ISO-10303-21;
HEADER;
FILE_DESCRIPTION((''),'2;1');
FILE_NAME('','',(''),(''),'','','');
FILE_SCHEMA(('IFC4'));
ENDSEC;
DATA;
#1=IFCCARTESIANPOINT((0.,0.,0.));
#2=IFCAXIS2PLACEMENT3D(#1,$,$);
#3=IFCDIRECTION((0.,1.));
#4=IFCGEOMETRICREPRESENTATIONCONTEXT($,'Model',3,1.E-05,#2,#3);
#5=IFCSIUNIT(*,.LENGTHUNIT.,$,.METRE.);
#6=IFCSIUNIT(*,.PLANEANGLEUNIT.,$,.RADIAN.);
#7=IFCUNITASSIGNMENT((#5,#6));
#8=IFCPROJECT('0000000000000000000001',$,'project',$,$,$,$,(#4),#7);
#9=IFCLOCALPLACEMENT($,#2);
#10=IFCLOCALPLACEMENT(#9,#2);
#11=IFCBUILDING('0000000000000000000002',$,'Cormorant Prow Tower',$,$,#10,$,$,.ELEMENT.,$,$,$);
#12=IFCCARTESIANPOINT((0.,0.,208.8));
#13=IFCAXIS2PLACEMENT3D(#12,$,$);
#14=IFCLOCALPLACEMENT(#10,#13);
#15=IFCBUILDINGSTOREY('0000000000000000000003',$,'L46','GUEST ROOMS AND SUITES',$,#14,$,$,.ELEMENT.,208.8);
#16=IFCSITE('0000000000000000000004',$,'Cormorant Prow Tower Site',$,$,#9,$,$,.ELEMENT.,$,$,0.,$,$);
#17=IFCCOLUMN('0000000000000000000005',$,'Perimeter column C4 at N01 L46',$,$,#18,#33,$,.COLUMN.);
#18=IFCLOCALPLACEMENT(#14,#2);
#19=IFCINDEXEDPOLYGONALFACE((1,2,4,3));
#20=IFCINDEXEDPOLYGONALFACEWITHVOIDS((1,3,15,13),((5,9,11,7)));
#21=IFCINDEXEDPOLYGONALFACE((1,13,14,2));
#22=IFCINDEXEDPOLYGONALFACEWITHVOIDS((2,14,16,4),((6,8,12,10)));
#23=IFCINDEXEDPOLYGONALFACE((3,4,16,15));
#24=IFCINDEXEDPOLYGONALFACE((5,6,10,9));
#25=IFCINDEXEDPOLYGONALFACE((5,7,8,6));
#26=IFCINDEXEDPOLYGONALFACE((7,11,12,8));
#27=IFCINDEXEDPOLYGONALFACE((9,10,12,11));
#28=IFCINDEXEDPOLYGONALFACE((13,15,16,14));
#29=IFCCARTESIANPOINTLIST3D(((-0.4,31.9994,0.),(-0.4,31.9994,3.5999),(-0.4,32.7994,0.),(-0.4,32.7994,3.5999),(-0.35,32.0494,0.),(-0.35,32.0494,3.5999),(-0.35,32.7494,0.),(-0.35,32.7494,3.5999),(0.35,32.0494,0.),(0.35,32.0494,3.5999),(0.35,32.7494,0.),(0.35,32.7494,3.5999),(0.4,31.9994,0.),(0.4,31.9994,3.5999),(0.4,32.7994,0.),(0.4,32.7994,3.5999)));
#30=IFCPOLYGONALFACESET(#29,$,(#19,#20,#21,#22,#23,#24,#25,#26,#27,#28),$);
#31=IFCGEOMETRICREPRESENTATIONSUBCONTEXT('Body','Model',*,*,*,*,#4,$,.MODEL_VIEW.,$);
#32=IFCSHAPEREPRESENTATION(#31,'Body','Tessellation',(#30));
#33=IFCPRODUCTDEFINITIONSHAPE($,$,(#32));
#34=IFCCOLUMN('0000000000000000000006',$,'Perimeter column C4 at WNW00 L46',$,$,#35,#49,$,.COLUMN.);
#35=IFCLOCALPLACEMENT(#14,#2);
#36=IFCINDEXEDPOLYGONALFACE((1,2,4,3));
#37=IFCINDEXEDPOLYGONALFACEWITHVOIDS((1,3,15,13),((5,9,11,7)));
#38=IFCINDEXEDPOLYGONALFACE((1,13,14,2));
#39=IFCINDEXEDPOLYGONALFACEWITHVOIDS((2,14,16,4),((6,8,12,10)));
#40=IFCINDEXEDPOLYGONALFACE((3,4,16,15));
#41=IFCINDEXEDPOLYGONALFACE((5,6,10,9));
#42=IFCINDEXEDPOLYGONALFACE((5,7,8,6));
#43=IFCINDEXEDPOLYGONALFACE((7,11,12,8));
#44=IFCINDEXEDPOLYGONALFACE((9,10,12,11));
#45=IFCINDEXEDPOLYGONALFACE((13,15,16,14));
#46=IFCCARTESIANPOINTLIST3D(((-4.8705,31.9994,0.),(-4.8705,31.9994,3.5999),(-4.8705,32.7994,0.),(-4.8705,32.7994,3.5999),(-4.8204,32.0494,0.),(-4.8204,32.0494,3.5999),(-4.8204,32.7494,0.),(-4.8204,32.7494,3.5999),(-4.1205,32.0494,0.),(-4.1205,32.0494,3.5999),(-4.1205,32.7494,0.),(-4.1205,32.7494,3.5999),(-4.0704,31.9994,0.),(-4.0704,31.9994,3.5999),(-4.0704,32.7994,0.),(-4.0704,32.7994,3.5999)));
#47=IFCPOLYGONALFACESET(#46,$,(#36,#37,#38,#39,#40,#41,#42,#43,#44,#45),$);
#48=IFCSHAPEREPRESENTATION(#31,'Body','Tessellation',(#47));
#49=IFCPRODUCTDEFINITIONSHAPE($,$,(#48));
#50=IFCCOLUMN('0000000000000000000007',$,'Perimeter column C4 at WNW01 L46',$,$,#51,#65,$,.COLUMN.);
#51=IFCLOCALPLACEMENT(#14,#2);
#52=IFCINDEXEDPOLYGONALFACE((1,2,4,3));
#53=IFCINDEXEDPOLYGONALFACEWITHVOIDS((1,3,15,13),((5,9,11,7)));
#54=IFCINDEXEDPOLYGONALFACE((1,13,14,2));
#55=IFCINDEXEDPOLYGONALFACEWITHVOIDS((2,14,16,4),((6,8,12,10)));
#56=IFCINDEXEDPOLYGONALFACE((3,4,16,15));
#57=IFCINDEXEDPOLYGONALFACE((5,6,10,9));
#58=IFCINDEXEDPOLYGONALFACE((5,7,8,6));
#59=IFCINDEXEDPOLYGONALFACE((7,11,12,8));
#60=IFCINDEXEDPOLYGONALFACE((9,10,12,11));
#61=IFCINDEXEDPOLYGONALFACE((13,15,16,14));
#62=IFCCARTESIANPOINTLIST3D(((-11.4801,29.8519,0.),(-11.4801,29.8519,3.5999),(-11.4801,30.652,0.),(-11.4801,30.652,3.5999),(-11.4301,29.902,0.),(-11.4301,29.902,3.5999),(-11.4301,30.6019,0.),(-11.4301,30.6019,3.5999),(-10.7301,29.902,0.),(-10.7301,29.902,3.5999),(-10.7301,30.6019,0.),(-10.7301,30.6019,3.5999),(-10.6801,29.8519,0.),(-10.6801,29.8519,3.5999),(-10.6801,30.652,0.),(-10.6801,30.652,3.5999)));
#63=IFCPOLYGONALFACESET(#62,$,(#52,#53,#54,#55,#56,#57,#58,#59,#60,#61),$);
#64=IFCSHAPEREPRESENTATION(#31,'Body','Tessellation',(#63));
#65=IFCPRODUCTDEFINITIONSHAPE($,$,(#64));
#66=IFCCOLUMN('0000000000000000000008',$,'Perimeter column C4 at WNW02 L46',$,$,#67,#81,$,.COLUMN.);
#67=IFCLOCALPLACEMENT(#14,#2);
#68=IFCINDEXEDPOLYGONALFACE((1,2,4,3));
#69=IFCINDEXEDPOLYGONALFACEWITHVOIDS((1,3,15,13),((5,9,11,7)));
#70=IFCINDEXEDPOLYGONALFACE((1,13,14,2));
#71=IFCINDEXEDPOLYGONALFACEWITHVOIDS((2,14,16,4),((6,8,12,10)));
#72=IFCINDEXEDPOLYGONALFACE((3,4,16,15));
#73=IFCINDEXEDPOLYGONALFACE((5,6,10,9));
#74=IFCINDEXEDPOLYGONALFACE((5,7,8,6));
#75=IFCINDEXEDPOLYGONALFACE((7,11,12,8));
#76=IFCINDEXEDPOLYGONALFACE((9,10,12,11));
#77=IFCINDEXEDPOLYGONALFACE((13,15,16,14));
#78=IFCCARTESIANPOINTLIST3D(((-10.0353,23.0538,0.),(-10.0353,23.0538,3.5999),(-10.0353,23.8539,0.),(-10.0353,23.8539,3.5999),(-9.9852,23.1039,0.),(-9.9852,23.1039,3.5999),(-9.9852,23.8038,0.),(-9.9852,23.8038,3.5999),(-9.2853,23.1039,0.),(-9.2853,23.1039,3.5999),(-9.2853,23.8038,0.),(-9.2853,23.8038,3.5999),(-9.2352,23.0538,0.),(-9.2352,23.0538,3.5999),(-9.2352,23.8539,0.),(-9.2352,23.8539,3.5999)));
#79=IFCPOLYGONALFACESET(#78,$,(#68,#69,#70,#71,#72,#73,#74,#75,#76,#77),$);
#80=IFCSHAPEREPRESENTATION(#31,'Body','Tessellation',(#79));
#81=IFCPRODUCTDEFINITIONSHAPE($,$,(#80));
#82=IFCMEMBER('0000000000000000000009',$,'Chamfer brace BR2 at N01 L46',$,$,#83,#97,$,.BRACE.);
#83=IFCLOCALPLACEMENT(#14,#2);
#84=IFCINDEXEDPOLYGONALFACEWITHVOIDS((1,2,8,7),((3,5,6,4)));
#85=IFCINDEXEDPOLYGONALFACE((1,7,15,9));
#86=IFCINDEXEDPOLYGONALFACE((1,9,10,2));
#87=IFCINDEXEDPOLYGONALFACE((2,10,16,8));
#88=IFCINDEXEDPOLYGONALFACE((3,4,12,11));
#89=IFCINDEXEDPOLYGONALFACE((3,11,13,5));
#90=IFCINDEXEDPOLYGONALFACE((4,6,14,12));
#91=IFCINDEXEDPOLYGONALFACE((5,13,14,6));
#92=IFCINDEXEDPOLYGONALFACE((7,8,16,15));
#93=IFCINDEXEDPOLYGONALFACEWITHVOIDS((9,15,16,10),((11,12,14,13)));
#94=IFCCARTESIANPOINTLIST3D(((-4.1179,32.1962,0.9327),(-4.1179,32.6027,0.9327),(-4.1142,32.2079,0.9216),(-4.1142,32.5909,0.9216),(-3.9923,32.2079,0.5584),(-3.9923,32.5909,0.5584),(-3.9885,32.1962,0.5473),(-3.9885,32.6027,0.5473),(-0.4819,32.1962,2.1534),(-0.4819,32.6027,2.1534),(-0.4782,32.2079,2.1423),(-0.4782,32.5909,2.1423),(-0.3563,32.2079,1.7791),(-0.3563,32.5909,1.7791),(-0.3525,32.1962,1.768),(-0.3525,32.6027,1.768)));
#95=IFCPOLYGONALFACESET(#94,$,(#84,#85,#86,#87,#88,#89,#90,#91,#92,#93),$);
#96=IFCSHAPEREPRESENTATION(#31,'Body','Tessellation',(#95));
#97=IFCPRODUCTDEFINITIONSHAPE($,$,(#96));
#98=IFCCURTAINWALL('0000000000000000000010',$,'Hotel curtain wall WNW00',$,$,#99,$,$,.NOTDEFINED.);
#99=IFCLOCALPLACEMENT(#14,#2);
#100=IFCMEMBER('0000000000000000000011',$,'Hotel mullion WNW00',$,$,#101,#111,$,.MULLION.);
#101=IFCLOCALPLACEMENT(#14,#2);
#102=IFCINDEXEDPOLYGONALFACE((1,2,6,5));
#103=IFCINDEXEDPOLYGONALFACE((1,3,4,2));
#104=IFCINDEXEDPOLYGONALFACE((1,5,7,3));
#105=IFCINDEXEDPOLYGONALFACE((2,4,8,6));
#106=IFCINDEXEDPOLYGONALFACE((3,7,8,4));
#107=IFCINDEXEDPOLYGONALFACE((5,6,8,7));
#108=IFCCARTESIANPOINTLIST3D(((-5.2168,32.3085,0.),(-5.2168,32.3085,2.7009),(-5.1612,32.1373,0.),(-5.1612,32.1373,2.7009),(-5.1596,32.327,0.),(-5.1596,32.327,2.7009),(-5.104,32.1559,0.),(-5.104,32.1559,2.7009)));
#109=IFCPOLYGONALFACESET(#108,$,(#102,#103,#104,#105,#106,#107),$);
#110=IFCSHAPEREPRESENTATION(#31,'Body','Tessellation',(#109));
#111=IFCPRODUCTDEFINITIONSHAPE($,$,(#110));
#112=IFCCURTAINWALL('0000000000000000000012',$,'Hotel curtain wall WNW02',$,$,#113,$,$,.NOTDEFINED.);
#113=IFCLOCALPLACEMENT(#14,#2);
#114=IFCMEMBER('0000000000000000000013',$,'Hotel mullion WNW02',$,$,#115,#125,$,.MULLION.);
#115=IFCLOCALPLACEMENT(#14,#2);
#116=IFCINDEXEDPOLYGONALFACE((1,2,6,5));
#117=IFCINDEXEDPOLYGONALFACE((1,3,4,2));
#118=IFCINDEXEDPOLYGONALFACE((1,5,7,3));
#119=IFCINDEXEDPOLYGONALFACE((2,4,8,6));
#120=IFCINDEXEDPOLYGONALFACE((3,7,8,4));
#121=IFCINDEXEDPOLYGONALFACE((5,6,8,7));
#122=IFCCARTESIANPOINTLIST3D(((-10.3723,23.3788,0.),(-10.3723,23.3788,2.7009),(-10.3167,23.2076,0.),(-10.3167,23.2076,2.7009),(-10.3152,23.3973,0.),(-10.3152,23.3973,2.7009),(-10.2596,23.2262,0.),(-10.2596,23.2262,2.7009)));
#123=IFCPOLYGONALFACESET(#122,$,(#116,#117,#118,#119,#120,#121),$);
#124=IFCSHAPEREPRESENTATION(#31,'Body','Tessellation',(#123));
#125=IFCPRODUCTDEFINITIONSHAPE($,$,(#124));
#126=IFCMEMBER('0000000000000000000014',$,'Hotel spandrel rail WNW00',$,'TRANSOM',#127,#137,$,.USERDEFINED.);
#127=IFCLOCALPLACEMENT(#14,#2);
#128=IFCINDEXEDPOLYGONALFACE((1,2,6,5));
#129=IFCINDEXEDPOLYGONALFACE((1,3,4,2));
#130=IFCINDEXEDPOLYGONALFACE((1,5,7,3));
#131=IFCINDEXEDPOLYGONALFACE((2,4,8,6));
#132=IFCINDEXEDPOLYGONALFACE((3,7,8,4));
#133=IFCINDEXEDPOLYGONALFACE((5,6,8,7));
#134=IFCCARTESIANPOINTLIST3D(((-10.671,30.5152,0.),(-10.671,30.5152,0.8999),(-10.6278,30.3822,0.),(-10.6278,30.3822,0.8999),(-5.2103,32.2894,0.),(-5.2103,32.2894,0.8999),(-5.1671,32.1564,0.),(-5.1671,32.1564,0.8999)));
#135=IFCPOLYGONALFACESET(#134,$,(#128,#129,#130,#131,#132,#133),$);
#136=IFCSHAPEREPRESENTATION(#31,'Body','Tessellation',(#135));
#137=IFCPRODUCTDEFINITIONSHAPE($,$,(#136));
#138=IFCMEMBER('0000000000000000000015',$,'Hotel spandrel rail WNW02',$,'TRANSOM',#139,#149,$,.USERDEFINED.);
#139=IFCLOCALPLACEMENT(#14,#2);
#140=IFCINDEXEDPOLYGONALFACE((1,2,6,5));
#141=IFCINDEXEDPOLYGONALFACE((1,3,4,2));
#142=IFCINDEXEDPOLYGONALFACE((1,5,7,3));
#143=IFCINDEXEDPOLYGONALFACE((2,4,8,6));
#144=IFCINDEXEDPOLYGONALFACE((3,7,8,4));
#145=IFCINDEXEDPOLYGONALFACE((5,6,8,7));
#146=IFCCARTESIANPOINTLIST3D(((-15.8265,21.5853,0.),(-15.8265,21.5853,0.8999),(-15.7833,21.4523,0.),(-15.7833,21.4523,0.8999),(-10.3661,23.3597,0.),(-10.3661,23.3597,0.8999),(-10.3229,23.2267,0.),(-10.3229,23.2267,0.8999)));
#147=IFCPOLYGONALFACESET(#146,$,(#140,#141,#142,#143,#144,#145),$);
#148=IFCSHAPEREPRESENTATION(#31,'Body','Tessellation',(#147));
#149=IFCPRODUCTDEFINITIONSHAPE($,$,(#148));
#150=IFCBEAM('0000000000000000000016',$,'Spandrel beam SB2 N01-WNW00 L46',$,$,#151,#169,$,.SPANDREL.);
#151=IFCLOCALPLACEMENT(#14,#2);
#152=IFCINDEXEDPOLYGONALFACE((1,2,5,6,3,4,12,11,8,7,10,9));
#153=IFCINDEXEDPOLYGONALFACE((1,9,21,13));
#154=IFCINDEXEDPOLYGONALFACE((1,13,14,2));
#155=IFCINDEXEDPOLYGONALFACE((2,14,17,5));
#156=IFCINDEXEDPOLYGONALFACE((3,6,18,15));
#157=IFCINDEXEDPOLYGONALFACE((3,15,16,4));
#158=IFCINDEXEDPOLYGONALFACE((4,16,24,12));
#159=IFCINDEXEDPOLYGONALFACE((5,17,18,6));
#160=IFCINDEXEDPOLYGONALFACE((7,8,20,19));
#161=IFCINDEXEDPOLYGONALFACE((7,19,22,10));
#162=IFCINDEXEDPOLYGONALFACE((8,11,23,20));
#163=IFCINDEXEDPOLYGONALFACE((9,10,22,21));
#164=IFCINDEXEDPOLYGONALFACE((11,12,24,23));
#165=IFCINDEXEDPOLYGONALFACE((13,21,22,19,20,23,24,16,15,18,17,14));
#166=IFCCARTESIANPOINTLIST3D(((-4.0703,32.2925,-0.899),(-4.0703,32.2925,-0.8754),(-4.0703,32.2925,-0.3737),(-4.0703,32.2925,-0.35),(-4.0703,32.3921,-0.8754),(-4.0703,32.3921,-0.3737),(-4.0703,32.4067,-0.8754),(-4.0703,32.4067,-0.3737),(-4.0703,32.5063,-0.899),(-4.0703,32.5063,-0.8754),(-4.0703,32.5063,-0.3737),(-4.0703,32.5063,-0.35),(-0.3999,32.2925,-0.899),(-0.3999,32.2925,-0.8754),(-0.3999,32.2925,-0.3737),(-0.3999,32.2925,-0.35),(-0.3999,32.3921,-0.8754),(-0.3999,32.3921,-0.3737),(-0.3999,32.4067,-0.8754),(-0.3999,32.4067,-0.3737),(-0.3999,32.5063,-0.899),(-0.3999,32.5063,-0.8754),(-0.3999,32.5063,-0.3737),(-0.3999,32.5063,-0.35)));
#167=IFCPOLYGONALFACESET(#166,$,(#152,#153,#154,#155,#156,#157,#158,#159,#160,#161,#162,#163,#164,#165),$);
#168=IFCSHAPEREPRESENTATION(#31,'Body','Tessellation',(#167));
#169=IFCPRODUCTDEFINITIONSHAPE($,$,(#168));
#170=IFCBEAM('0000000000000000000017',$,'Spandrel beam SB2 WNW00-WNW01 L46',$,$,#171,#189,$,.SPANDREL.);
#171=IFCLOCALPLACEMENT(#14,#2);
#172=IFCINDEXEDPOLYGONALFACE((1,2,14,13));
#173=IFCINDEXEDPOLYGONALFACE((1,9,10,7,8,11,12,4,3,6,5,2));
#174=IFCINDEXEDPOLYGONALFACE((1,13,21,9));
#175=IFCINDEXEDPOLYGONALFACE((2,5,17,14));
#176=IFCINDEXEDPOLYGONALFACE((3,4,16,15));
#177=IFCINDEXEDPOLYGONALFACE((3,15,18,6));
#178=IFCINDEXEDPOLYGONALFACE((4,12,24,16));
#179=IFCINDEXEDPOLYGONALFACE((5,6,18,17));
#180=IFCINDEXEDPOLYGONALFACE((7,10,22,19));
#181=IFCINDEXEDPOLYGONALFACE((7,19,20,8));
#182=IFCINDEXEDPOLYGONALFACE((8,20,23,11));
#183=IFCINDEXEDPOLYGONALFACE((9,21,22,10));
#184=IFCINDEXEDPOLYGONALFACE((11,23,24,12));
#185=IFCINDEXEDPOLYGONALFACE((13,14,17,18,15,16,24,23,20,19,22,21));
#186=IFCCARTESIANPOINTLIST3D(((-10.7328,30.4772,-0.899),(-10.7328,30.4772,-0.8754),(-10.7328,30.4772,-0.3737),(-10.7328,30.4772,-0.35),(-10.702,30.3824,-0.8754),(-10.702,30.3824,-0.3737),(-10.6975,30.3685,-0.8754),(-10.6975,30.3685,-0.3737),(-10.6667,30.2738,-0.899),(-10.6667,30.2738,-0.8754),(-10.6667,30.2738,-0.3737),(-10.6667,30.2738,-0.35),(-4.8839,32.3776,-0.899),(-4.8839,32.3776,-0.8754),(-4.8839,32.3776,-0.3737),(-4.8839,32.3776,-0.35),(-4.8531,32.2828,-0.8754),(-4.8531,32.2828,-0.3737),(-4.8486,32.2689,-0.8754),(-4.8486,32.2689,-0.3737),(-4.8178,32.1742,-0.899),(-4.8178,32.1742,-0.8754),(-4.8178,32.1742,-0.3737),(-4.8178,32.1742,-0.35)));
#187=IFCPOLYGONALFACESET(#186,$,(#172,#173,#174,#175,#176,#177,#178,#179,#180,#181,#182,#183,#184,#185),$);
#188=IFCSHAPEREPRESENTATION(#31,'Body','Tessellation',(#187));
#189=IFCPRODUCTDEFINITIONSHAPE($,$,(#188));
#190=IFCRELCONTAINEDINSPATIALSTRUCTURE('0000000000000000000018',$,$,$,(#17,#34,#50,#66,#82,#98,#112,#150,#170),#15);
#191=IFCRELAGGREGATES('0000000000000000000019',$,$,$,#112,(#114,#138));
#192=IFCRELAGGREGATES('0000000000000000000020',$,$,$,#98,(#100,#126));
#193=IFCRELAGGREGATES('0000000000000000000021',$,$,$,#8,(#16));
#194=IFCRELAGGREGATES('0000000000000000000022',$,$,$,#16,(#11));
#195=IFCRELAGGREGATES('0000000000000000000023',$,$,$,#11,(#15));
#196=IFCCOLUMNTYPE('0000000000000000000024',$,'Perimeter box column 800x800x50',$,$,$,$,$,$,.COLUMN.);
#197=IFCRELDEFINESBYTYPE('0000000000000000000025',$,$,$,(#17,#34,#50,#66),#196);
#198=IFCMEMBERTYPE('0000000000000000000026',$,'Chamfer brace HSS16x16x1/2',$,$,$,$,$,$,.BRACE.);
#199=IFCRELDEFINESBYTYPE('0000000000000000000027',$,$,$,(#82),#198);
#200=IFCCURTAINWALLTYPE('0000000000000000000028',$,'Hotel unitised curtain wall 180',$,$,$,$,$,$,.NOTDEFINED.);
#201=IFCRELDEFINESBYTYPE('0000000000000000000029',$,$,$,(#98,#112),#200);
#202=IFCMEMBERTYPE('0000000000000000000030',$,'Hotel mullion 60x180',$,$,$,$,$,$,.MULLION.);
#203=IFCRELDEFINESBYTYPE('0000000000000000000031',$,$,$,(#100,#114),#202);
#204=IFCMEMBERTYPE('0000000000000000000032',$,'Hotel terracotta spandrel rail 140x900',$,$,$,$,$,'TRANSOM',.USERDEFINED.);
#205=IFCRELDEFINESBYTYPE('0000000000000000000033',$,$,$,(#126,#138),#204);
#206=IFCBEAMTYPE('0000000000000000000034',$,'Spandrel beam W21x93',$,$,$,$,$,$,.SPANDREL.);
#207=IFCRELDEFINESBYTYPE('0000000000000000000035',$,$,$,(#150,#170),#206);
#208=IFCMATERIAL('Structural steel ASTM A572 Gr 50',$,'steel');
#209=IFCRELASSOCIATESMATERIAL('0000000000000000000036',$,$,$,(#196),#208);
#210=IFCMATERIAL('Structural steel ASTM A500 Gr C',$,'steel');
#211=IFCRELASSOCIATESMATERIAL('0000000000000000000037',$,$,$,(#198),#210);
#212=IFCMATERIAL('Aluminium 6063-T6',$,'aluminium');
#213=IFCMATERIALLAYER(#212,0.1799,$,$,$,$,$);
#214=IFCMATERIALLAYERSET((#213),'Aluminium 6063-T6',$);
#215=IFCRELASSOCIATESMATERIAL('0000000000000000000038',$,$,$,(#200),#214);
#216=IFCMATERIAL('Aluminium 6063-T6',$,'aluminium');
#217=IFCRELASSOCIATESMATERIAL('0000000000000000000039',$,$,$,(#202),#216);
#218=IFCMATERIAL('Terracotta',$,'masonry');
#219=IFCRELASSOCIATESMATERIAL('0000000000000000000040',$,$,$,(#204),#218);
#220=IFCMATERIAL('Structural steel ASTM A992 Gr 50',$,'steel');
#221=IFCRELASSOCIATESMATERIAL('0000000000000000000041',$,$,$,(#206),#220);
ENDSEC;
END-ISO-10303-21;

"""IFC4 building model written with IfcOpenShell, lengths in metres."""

from ifc_helpers import new_model, si_unit, direction, frame, origin, origin_2d, place, context, subcontext, project, spatial, rectangle, hollow_rectangle, i_section, extrude, material, layer, layer_set, material_profile, profile_set, type_object, element, aggregate, save


model = new_model("IFC4")

# Units and contexts
model_context = context("Model", 3, precision=1e-05, world=origin(), true_north=direction((0.0, 1.0)))
body_context = subcontext(model_context, "Body", "Model", "MODEL_VIEW")
ifc_project = project(units=[si_unit("LENGTHUNIT", "METRE"), si_unit("PLANEANGLEUNIT", "RADIAN")], contexts=[model_context])

# Site, building, storey
site_placement = place(None, origin())
site = spatial("IfcSite", under=ifc_project, at=site_placement, Name="Cormorant Prow Tower Site", CompositionType="ELEMENT", RefElevation=0.0)
building_placement = place(site_placement, origin())
building = spatial("IfcBuilding", under=site, at=building_placement, Name="Cormorant Prow Tower", CompositionType="ELEMENT")
storey_placement = place(building_placement, frame((0.0, 0.0, 208.8)))
storey = spatial("IfcBuildingStorey", under=building, at=storey_placement, Name="L46", Description="GUEST ROOMS AND SUITES", CompositionType="ELEMENT", Elevation=208.8)

# Columns
ifc_material_1 = material(Name="Structural steel ASTM A572 Gr 50", Category="steel")
ifc_material_profile_1 = material_profile(ifc_material_1, hollow_rectangle(XDim=0.8, YDim=0.8, WallThickness=0.05, at=origin_2d()), Name="Box 800x800x50")
ifc_profile_set_1 = profile_set([ifc_material_profile_1], Name="Structural steel ASTM A572 Gr 50")
column_type = type_object("IfcColumnType", Name="Perimeter box column 800x800x50", PredefinedType="COLUMN", material=ifc_profile_set_1)
for number, where, z_axis, x_axis, name in (
    (1, (0.0, 32.3994, 0.0), (0.0, 0.0, 1.0), (1.0, 0.0, 0.0), "Perimeter column C4 at N01 L46"),
    (2, (-4.4705, 32.3994, 0.0), (0.0, 0.0, 1.0), (1.0, 0.0, 0.0), "Perimeter column C4 at WNW00 L46"),
    (3, (-11.0801, 30.252, 0.0), (0.0, 0.0, 1.0), (1.0, 0.0, 0.0), "Perimeter column C4 at WNW01 L46"),
    (4, (-9.6353, 23.4539, 0.0), (0.0, 0.0, 1.0), (1.0, 0.0, 0.0), "Perimeter column C4 at WNW02 L46"),
):
    element("IfcColumn", number, at=place(storey_placement, frame(where, z_axis=z_axis, x_axis=x_axis)), inside=storey, type_object=column_type, Name=name, PredefinedType="COLUMN", context=body_context, shape_type="SweptSolid", body=[
        extrude(hollow_rectangle(XDim=0.8, YDim=0.8, WallThickness=0.05, at=origin_2d()), origin(), (0.0, 0.0, 1.0), 3.5999),
    ])

# Member
ifc_material_2 = material(Name="Structural steel ASTM A500 Gr C", Category="steel")
ifc_material_profile_2 = material_profile(ifc_material_2, hollow_rectangle(XDim=0.4065, YDim=0.4065, WallThickness=0.0117, at=origin_2d()), Name="HSS16x16x1/2")
ifc_profile_set_2 = profile_set([ifc_material_profile_2], Name="Structural steel ASTM A500 Gr C")
member_type_1 = type_object("IfcMemberType", Name="Chamfer brace HSS16x16x1/2", PredefinedType="BRACE", material=ifc_profile_set_2)
member_1_placement = place(storey_placement, frame((-4.0532, 32.3994, 0.74), z_axis=(0.948, 0.0, 0.31827), x_axis=(0.0, 1.0, 0.0)))
element("IfcMember", 5, at=member_1_placement, inside=storey, type_object=member_type_1, Name="Chamfer brace BR2 at N01 L46", PredefinedType="BRACE", context=body_context, shape_type="SweptSolid", body=[
    extrude(hollow_rectangle(XDim=0.4065, YDim=0.4065, WallThickness=0.0117, at=origin_2d()), origin(), (0.0, 0.0, 1.0), 3.8354),
])

# Curtain walls, members
ifc_material_3 = material(Name="Aluminium 6063-T6", Category="aluminium")
ifc_layer_1 = layer(ifc_material_3, 0.1799)
ifc_layer_set_1 = layer_set([ifc_layer_1], Name="Aluminium 6063-T6")
curtain_wall_type = type_object("IfcCurtainWallType", Name="Hotel unitised curtain wall 180", PredefinedType="NOTDEFINED", material=ifc_layer_set_1)
curtain_wall_1_placement = place(storey_placement, origin())
curtain_wall_1 = element("IfcCurtainWall", 6, at=curtain_wall_1_placement, inside=storey, type_object=curtain_wall_type, Name="Hotel curtain wall WNW00", PredefinedType="NOTDEFINED")
ifc_material_4 = material(Name="Aluminium 6063-T6", Category="aluminium")
ifc_material_profile_3 = material_profile(ifc_material_4, rectangle(XDim=0.1799, YDim=0.0601, at=origin_2d()), Name="Hotel mullion 60x180")
ifc_profile_set_3 = profile_set([ifc_material_profile_3], Name="Aluminium 6063-T6")
member_type_2 = type_object("IfcMemberType", Name="Hotel mullion 60x180", PredefinedType="MULLION", material=ifc_profile_set_3)
member_2_placement = place(storey_placement, frame((-5.1604, 32.2322, 0.0), z_axis=(0.0, 0.0, 1.0), x_axis=(0.309017, -0.951057, 0.0)))
member_2 = element("IfcMember", 7, at=member_2_placement, type_object=member_type_2, Name="Hotel mullion WNW00", PredefinedType="MULLION", context=body_context, shape_type="SweptSolid", body=[
    extrude(rectangle(XDim=0.1799, YDim=0.0601, at=origin_2d()), origin(), (0.0, 0.0, 1.0), 2.7009),
])
curtain_wall_2_placement = place(storey_placement, origin())
curtain_wall_2 = element("IfcCurtainWall", 8, at=curtain_wall_2_placement, inside=storey, type_object=curtain_wall_type, Name="Hotel curtain wall WNW02", PredefinedType="NOTDEFINED")
member_3_placement = place(storey_placement, frame((-10.3159, 23.3025, 0.0), z_axis=(0.0, 0.0, 1.0), x_axis=(0.309017, -0.951057, 0.0)))
member_3 = element("IfcMember", 9, at=member_3_placement, type_object=member_type_2, Name="Hotel mullion WNW02", PredefinedType="MULLION", context=body_context, shape_type="SweptSolid", body=[
    extrude(rectangle(XDim=0.1799, YDim=0.0601, at=origin_2d()), origin(), (0.0, 0.0, 1.0), 2.7009),
])

# Members
ifc_material_5 = material(Name="Terracotta", Category="masonry")
ifc_material_profile_4 = material_profile(ifc_material_5, rectangle(XDim=0.1399, YDim=0.8999, at=origin_2d()), Name="Hotel terracotta spandrel rail 140x900")
ifc_profile_set_4 = profile_set([ifc_material_profile_4], Name="Terracotta")
member_type_3 = type_object("IfcMemberType", Name="Hotel terracotta spandrel rail 140x900", ElementType="TRANSOM", PredefinedType="USERDEFINED", material=ifc_profile_set_4)
member_4_placement = place(storey_placement, frame((-5.1887, 32.2229, 0.45), z_axis=(-0.951063, -0.308999, 0.0), x_axis=(0.308999, -0.951063, 0.0)))
member_4 = element("IfcMember", 10, at=member_4_placement, type_object=member_type_3, Name="Hotel spandrel rail WNW00", ObjectType="TRANSOM", PredefinedType="USERDEFINED", context=body_context, shape_type="SweptSolid", body=[
    extrude(rectangle(XDim=0.1399, YDim=0.8999, at=origin_2d()), origin(), (0.0, 0.0, 1.0), 5.7417),
])
member_5_placement = place(storey_placement, frame((-10.3445, 23.2932, 0.45), z_axis=(-0.951046, -0.30905, 0.0), x_axis=(0.30905, -0.951046, 0.0)))
member_5 = element("IfcMember", 11, at=member_5_placement, type_object=member_type_3, Name="Hotel spandrel rail WNW02", ObjectType="TRANSOM", PredefinedType="USERDEFINED", context=body_context, shape_type="SweptSolid", body=[
    extrude(rectangle(XDim=0.1399, YDim=0.8999, at=origin_2d()), origin(), (0.0, 0.0, 1.0), 5.7415),
])
aggregate(curtain_wall_2, [member_3, member_5])

# Beams
ifc_material_6 = material(Name="Structural steel ASTM A992 Gr 50", Category="steel")
ifc_material_profile_5 = material_profile(ifc_material_6, i_section(OverallWidth=0.2139, OverallDepth=0.5491, WebThickness=0.0146, FlangeThickness=0.0237, at=origin_2d()), Name="W21x93")
ifc_profile_set_5 = profile_set([ifc_material_profile_5], Name="Structural steel ASTM A992 Gr 50")
beam_type = type_object("IfcBeamType", Name="Spandrel beam W21x93", PredefinedType="SPANDREL", material=ifc_profile_set_5)
beam_1_placement = place(storey_placement, frame((-0.3999, 32.3994, -0.6245), z_axis=(-1.0, 0.0, 0.0), x_axis=(0.0, -1.0, 0.0)))
element("IfcBeam", 12, at=beam_1_placement, inside=storey, type_object=beam_type, Name="Spandrel beam SB2 N01-WNW00 L46", PredefinedType="SPANDREL", context=body_context, shape_type="SweptSolid", body=[
    extrude(i_section(OverallWidth=0.2139, OverallDepth=0.5491, WebThickness=0.0146, FlangeThickness=0.0237, at=origin_2d()), origin(), (0.0, 0.0, 1.0), 3.6704),
])
beam_2_placement = place(storey_placement, frame((-4.8508, 32.2759, -0.6245), z_axis=(-0.951058, -0.309013, 0.0), x_axis=(0.309013, -0.951058, 0.0)))
element("IfcBeam", 13, at=beam_2_placement, inside=storey, type_object=beam_type, Name="Spandrel beam SB2 WNW00-WNW01 L46", PredefinedType="SPANDREL", context=body_context, shape_type="SweptSolid", body=[
    extrude(i_section(OverallWidth=0.2139, OverallDepth=0.5491, WebThickness=0.0146, FlangeThickness=0.0237, at=origin_2d()), origin(), (0.0, 0.0, 1.0), 6.1499),
])

aggregate(curtain_wall_1, [member_2, member_4])

save(model, "model.ifc")
